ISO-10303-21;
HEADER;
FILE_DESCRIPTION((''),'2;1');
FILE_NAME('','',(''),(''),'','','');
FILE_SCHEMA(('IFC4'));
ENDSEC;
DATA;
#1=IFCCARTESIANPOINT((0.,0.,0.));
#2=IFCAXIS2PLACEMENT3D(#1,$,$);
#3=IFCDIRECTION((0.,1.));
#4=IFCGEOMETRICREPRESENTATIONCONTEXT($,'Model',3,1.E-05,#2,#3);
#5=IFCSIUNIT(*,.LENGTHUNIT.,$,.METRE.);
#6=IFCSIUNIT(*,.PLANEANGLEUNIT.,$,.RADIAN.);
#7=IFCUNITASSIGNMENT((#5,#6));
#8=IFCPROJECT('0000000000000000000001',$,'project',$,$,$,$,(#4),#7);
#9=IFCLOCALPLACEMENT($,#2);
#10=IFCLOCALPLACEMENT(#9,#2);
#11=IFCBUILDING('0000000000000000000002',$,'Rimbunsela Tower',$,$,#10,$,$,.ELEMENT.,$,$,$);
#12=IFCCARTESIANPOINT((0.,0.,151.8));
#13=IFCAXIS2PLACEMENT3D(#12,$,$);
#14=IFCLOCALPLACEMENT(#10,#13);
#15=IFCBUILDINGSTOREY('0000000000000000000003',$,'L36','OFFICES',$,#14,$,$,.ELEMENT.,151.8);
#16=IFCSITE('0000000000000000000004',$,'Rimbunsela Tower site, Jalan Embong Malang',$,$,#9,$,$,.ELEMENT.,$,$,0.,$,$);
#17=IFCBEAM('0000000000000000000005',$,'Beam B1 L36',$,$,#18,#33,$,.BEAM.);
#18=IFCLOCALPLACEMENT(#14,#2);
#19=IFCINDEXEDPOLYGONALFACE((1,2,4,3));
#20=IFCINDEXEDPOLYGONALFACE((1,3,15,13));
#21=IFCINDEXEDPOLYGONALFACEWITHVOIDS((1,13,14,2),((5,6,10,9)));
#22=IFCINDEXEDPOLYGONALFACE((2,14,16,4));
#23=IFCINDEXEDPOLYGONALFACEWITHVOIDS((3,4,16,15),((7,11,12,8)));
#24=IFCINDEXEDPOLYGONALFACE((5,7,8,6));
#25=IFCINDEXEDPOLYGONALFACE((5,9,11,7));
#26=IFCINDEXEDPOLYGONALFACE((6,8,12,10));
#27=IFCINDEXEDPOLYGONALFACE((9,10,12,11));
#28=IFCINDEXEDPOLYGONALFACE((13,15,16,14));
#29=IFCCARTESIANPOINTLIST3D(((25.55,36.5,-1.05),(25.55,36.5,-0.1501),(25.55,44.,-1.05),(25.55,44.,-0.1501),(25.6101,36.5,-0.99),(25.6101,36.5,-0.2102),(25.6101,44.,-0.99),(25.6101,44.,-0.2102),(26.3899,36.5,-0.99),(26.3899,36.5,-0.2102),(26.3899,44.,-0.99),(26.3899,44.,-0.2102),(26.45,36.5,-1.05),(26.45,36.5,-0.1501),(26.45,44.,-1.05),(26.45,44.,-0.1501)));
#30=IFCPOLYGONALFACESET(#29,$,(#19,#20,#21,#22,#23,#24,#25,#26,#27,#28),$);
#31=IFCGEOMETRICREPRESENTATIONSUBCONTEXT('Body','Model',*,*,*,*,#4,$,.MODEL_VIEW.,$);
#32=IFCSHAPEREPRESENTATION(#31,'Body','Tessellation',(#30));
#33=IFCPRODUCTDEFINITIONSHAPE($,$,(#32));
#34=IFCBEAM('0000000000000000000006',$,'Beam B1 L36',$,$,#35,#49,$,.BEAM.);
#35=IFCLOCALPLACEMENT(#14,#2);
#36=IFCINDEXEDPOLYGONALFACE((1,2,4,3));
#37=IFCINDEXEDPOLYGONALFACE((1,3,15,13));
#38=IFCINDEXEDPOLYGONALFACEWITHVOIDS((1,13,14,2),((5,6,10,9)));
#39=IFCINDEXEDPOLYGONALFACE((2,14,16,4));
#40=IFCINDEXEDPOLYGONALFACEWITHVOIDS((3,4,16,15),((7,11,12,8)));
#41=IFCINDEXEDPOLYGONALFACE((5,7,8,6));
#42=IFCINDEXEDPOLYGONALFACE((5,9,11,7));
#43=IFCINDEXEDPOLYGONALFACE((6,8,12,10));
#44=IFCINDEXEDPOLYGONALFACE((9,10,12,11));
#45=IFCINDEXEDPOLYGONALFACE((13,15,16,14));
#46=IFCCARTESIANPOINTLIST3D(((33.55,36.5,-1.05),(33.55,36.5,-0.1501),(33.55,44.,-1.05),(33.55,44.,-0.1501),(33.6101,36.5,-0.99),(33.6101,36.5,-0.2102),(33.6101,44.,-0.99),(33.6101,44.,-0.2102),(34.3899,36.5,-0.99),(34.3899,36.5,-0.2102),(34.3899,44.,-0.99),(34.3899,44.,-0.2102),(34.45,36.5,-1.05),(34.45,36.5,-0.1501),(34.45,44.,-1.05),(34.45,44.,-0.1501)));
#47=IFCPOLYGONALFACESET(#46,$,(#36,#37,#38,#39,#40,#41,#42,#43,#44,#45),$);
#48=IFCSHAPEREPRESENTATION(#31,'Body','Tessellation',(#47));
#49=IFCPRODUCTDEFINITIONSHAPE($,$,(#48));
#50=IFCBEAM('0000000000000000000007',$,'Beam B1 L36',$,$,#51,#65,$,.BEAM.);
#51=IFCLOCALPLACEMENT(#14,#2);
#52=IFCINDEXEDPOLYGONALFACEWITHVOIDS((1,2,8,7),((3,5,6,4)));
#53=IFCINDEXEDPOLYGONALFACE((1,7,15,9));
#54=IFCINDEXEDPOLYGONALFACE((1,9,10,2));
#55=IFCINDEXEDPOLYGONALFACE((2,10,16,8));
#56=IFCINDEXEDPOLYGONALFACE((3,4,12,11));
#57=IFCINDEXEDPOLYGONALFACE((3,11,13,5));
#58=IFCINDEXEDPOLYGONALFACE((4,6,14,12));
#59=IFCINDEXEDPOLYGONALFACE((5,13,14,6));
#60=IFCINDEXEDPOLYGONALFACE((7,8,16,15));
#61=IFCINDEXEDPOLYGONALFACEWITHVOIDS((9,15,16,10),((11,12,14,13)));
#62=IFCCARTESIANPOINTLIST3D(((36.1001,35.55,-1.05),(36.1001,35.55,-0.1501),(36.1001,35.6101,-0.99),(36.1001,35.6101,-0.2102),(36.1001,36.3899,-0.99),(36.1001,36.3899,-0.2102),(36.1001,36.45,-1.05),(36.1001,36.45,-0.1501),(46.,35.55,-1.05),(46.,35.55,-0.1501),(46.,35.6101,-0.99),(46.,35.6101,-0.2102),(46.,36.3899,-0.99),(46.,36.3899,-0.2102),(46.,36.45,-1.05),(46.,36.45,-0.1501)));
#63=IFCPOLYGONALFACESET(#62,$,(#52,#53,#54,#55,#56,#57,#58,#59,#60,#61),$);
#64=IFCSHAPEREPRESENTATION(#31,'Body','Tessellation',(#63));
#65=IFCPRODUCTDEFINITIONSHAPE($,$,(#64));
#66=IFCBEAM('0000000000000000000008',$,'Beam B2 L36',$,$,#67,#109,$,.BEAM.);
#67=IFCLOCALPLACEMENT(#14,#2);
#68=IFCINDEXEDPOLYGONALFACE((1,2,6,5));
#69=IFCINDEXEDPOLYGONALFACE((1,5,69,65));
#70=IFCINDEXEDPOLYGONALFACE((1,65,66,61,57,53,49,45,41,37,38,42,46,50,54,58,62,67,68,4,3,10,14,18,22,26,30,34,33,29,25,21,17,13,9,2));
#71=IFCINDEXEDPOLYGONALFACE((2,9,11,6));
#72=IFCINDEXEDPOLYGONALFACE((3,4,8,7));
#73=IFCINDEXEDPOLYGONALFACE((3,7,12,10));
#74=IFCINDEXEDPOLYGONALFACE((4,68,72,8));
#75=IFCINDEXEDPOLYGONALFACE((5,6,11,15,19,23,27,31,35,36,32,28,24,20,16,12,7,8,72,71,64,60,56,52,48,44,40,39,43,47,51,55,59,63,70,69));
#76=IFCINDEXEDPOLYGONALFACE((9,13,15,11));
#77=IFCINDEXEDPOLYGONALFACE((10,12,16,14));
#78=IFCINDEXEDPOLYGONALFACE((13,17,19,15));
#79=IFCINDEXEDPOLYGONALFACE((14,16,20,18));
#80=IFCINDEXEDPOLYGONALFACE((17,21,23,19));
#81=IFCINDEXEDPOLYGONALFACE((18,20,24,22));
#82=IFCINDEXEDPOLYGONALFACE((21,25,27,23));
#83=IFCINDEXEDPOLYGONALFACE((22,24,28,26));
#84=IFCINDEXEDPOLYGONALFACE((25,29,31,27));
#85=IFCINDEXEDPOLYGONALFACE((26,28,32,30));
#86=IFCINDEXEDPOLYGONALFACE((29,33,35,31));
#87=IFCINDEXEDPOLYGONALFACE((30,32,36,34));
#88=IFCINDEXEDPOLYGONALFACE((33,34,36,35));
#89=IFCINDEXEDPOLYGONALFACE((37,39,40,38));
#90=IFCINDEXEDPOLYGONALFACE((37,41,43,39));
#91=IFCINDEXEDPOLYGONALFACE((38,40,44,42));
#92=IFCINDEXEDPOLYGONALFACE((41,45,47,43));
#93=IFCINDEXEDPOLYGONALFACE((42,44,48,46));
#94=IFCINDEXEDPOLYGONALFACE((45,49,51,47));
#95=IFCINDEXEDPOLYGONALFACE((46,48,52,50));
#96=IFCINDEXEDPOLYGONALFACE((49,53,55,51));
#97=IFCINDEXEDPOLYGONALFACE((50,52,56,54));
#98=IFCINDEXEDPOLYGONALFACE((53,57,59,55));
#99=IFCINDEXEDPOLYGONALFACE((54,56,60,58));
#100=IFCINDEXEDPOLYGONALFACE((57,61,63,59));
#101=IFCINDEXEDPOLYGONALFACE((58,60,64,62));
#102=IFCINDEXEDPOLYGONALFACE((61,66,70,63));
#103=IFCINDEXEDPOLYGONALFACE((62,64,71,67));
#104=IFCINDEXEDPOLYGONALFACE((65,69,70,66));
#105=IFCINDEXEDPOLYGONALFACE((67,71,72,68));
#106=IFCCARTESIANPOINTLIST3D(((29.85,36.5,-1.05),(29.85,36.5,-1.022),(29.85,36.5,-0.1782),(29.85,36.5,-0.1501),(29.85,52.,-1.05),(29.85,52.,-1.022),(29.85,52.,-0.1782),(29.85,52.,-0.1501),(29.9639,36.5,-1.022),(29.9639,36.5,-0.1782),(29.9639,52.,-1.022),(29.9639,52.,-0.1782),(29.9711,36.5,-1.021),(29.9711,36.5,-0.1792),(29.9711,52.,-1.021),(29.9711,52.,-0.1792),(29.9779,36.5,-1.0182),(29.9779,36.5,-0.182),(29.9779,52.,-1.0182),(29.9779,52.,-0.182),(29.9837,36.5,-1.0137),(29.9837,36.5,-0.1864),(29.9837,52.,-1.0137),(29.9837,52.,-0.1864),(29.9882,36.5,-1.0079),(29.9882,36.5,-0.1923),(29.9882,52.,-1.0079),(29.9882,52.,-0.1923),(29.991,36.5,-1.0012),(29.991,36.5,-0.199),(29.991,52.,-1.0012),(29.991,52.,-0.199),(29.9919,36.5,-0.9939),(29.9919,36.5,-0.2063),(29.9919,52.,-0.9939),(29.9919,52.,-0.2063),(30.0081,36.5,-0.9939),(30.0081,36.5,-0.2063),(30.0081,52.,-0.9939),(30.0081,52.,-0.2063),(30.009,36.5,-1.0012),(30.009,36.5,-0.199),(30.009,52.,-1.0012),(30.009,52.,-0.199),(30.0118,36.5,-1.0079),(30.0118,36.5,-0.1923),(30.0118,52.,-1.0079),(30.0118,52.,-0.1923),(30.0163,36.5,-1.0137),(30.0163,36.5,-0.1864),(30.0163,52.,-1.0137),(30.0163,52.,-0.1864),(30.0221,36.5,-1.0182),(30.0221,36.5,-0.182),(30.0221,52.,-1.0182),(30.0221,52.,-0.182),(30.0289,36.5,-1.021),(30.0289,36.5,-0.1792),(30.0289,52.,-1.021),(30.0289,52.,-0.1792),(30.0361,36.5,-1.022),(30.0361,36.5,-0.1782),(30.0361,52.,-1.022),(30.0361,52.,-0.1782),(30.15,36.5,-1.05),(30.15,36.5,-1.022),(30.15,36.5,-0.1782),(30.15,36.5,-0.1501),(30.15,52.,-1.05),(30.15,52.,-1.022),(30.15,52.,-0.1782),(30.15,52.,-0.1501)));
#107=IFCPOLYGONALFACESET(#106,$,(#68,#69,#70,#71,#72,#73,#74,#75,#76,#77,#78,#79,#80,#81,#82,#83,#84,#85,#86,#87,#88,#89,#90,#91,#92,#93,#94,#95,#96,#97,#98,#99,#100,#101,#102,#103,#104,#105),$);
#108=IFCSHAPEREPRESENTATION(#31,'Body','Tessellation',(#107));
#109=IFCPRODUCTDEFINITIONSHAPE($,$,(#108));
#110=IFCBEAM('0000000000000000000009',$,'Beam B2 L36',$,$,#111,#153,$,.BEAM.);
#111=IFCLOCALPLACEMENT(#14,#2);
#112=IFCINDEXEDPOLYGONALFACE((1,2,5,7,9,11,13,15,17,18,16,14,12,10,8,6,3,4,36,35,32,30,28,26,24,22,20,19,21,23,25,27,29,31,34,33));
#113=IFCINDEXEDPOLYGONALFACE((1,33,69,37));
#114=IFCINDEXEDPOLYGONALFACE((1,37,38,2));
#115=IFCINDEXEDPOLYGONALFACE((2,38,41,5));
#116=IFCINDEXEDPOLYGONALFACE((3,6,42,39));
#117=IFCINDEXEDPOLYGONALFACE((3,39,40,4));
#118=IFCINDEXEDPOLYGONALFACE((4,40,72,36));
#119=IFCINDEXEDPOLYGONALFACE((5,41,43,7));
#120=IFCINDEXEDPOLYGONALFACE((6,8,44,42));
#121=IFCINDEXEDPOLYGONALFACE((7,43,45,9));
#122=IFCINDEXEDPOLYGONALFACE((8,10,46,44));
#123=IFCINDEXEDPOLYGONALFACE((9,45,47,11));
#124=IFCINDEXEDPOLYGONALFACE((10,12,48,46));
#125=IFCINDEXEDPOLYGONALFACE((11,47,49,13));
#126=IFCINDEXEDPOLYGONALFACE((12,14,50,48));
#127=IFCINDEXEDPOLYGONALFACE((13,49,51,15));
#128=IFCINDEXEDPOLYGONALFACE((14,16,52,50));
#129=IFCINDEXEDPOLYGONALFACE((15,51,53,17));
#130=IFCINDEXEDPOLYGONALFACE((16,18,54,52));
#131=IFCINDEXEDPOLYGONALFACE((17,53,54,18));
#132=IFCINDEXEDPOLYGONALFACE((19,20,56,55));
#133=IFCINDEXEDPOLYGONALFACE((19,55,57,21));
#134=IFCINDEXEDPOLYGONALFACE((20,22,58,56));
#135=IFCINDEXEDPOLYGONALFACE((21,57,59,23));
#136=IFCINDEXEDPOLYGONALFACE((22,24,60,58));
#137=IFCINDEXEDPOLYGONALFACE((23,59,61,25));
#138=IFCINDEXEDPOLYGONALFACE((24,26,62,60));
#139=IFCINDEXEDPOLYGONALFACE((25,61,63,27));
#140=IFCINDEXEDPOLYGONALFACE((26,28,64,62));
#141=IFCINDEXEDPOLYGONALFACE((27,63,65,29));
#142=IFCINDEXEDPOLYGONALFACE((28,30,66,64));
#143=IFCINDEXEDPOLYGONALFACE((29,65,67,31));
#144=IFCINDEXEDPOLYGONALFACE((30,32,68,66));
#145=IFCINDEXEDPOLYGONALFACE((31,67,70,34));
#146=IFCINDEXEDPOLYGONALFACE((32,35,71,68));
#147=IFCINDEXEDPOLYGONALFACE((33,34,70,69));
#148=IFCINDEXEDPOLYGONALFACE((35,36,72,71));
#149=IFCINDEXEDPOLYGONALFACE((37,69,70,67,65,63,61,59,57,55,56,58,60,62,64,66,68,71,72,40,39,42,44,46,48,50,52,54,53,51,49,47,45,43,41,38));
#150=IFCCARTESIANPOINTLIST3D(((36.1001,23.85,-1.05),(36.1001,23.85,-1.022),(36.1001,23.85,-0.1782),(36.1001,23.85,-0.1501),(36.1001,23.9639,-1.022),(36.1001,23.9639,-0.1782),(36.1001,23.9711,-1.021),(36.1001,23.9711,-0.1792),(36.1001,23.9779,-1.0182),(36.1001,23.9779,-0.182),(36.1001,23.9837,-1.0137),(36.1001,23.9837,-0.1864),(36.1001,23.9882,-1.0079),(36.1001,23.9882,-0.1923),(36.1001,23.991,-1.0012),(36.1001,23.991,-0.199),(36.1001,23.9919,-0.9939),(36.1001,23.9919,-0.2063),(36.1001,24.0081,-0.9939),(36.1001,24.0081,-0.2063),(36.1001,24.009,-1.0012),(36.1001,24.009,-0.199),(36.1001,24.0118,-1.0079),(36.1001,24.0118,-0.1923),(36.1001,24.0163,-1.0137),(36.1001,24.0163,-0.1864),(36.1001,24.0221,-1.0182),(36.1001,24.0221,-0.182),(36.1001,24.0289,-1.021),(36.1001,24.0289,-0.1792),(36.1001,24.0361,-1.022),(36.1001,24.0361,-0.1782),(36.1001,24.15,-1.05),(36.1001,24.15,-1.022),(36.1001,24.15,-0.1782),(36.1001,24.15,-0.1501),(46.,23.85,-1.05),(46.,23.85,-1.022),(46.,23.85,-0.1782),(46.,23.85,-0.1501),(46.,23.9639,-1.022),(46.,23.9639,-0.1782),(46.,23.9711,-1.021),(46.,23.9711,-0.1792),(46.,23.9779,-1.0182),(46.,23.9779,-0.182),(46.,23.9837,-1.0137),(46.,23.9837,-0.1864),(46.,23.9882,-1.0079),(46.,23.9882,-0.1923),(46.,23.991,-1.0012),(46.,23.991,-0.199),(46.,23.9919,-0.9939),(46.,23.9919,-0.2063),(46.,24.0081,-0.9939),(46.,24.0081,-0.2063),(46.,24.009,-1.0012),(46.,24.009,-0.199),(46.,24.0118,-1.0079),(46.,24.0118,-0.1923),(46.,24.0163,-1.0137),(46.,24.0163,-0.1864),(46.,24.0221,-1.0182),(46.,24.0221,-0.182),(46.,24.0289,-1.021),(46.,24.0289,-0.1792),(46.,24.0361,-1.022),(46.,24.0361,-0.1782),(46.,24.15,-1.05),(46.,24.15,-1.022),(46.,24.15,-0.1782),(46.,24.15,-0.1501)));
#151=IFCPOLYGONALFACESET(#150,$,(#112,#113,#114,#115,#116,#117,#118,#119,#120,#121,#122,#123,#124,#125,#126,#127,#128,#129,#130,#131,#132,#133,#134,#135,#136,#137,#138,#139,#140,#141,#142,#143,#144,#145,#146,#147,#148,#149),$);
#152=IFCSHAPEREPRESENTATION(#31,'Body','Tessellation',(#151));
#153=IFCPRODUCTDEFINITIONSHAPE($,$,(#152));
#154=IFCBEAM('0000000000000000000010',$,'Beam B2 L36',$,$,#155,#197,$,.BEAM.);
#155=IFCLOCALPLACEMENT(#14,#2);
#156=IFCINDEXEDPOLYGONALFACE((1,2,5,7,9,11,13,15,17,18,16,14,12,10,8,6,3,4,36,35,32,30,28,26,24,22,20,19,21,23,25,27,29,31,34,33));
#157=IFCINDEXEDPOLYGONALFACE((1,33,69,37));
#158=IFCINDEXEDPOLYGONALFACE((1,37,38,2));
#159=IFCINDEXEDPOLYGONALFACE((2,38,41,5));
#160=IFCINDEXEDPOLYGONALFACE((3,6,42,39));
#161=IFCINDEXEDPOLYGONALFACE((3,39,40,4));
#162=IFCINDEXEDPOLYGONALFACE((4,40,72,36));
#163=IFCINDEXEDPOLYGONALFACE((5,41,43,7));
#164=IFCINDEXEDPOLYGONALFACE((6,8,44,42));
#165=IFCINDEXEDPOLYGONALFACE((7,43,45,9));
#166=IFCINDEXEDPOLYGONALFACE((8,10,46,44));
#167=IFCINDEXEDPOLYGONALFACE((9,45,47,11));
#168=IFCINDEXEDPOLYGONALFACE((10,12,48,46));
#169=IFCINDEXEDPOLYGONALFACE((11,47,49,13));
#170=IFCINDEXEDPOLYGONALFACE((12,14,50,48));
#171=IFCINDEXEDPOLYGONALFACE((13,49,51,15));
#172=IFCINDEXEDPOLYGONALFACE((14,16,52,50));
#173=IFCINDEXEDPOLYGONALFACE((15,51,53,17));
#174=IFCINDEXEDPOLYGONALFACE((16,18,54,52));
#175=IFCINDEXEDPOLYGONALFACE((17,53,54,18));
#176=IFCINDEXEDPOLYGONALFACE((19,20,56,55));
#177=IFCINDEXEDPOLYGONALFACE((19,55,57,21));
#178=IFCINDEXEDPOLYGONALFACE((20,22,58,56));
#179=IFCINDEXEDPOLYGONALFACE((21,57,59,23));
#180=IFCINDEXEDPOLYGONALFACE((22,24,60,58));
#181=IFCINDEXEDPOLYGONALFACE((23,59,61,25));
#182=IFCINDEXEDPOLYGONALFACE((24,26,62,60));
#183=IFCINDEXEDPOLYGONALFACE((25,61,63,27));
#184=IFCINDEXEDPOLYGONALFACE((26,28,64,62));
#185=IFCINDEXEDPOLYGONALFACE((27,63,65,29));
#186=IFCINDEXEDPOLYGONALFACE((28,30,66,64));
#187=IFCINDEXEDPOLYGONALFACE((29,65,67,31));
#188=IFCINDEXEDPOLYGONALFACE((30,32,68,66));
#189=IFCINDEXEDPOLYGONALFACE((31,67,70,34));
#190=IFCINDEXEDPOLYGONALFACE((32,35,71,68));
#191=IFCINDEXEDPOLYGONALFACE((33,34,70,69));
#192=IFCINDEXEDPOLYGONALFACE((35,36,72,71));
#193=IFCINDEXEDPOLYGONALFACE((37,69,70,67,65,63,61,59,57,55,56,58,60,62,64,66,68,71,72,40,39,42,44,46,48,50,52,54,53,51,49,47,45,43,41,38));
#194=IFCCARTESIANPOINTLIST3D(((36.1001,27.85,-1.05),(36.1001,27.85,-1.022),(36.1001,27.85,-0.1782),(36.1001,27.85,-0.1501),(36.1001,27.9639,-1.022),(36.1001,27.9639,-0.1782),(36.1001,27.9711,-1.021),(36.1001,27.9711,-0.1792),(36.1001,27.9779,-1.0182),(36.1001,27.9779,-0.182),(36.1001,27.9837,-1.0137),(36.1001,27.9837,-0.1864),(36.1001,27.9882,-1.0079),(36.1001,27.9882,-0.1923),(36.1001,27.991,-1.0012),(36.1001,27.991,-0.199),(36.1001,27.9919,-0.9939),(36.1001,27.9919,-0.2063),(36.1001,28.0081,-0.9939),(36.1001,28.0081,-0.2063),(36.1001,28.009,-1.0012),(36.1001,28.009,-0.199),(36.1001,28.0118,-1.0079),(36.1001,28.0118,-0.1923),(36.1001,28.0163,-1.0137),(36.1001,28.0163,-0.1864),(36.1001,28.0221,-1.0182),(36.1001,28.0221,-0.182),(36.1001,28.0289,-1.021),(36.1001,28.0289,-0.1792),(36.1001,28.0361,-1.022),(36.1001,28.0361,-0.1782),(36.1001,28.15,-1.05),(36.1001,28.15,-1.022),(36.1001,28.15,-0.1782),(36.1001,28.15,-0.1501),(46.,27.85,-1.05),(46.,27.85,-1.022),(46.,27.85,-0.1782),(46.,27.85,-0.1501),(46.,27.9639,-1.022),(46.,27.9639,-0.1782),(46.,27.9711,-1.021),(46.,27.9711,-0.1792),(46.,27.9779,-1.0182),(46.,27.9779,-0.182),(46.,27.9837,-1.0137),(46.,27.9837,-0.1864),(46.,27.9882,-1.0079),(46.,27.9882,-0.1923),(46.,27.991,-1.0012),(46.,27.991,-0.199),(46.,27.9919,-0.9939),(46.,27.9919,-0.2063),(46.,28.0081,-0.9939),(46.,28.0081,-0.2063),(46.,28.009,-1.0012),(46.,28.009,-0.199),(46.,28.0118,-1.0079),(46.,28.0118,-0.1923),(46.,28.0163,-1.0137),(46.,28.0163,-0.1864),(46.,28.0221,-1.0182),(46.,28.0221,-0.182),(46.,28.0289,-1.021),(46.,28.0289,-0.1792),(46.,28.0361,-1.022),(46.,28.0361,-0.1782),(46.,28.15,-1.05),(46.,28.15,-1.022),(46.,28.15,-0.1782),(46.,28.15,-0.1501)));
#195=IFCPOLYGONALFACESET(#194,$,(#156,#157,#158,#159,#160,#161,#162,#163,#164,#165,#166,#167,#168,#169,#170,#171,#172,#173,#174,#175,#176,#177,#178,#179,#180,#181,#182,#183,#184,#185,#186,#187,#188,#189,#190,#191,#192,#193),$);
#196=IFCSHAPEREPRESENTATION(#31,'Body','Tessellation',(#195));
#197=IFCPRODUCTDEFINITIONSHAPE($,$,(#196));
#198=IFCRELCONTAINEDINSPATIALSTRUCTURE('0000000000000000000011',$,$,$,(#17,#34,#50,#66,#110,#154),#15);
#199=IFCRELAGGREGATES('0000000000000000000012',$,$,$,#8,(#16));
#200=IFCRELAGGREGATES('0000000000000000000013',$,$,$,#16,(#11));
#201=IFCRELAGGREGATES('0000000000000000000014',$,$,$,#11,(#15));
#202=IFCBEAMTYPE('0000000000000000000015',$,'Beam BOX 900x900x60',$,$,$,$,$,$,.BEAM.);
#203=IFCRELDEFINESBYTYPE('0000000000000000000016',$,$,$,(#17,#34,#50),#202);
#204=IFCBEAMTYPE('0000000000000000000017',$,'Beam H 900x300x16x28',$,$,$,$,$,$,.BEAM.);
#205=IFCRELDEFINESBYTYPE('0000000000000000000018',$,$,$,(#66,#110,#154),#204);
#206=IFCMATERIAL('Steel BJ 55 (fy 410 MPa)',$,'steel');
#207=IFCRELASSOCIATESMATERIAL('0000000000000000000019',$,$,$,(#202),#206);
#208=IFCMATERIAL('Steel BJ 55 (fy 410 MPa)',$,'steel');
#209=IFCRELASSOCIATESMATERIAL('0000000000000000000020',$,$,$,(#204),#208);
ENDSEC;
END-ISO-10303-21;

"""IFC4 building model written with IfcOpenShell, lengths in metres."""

from ifc_helpers import new_model, si_unit, direction, frame, origin, origin_2d, place, context, subcontext, project, spatial, hollow_rectangle, i_section, extrude, material, material_profile, profile_set, type_object, element, save


model = new_model("IFC4")

# Units and contexts
model_context = context("Model", 3, precision=1e-05, world=origin(), true_north=direction((0.0, 1.0)))
body_context = subcontext(model_context, "Body", "Model", "MODEL_VIEW")
ifc_project = project(units=[si_unit("LENGTHUNIT", "METRE"), si_unit("PLANEANGLEUNIT", "RADIAN")], contexts=[model_context])

# Site, building, storey
site_placement = place(None, origin())
site = spatial("IfcSite", under=ifc_project, at=site_placement, Name="Rimbunsela Tower site, Jalan Embong Malang", CompositionType="ELEMENT", RefElevation=0.0)
building_placement = place(site_placement, origin())
building = spatial("IfcBuilding", under=site, at=building_placement, Name="Rimbunsela Tower", CompositionType="ELEMENT")
storey_placement = place(building_placement, frame((0.0, 0.0, 151.8)))
storey = spatial("IfcBuildingStorey", under=building, at=storey_placement, Name="L36", Description="OFFICES", CompositionType="ELEMENT", Elevation=151.8)

# Beams
ifc_material_1 = material(Name="Steel BJ 55 (fy 410 MPa)", Category="steel")
ifc_material_profile_1 = material_profile(ifc_material_1, hollow_rectangle(XDim=0.8999, YDim=0.8999, WallThickness=0.0601, at=origin_2d()), Name="BOX 900x900x60")
ifc_profile_set_1 = profile_set([ifc_material_profile_1], Name="Steel BJ 55 (fy 410 MPa)")
beam_type_1 = type_object("IfcBeamType", Name="Beam BOX 900x900x60", PredefinedType="BEAM", material=ifc_profile_set_1)
for number, where, z_axis, x_axis, name in (
    (1, (26.0, 36.5, -0.6001), (0.0, 1.0, 0.0), (-1.0, 0.0, 0.0), "Beam B1 L36"),
    (2, (34.0, 36.5, -0.6001), (0.0, 1.0, 0.0), (-1.0, 0.0, 0.0), "Beam B1 L36"),
):
    element("IfcBeam", number, at=place(storey_placement, frame(where, z_axis=z_axis, x_axis=x_axis)), inside=storey, type_object=beam_type_1, Name=name, PredefinedType="BEAM", context=body_context, shape_type="SweptSolid", body=[
        extrude(hollow_rectangle(XDim=0.8999, YDim=0.8999, WallThickness=0.0601, at=origin_2d()), origin(), (0.0, 0.0, 1.0), 7.5),
    ])
beam_1_placement = place(storey_placement, frame((36.1001, 36.0, -0.6001), z_axis=(1.0, 0.0, 0.0), x_axis=(0.0, 1.0, 0.0)))
element("IfcBeam", 3, at=beam_1_placement, inside=storey, type_object=beam_type_1, Name="Beam B1 L36", PredefinedType="BEAM", context=body_context, shape_type="SweptSolid", body=[
    extrude(hollow_rectangle(XDim=0.8999, YDim=0.8999, WallThickness=0.0601, at=origin_2d()), origin(), (0.0, 0.0, 1.0), 9.8999),
])
ifc_material_2 = material(Name="Steel BJ 55 (fy 410 MPa)", Category="steel")
ifc_material_profile_2 = material_profile(ifc_material_2, i_section(OverallWidth=0.3, OverallDepth=0.8999, WebThickness=0.0161, FlangeThickness=0.0281, FilletRadius=0.0281, at=origin_2d()), Name="H 900x300x16x28")
ifc_profile_set_2 = profile_set([ifc_material_profile_2], Name="Steel BJ 55 (fy 410 MPa)")
beam_type_2 = type_object("IfcBeamType", Name="Beam H 900x300x16x28", PredefinedType="BEAM", material=ifc_profile_set_2)
beam_2_placement = place(storey_placement, frame((30.0, 36.5, -0.6001), z_axis=(0.0, 1.0, 0.0), x_axis=(-1.0, 0.0, 0.0)))
element("IfcBeam", 4, at=beam_2_placement, inside=storey, type_object=beam_type_2, Name="Beam B2 L36", PredefinedType="BEAM", context=body_context, shape_type="SweptSolid", body=[
    extrude(i_section(OverallWidth=0.3, OverallDepth=0.8999, WebThickness=0.0161, FlangeThickness=0.0281, FilletRadius=0.0281, at=origin_2d()), origin(), (0.0, 0.0, 1.0), 15.5),
])
for number, where, z_axis, x_axis, name in (
    (5, (36.1001, 24.0, -0.6001), (1.0, 0.0, 0.0), (0.0, 1.0, 0.0), "Beam B2 L36"),
    (6, (36.1001, 28.0, -0.6001), (1.0, 0.0, 0.0), (0.0, 1.0, 0.0), "Beam B2 L36"),
):
    element("IfcBeam", number, at=place(storey_placement, frame(where, z_axis=z_axis, x_axis=x_axis)), inside=storey, type_object=beam_type_2, Name=name, PredefinedType="BEAM", context=body_context, shape_type="SweptSolid", body=[
        extrude(i_section(OverallWidth=0.3, OverallDepth=0.8999, WebThickness=0.0161, FlangeThickness=0.0281, FilletRadius=0.0281, at=origin_2d()), origin(), (0.0, 0.0, 1.0), 9.8999),
    ])

save(model, "model.ifc")
